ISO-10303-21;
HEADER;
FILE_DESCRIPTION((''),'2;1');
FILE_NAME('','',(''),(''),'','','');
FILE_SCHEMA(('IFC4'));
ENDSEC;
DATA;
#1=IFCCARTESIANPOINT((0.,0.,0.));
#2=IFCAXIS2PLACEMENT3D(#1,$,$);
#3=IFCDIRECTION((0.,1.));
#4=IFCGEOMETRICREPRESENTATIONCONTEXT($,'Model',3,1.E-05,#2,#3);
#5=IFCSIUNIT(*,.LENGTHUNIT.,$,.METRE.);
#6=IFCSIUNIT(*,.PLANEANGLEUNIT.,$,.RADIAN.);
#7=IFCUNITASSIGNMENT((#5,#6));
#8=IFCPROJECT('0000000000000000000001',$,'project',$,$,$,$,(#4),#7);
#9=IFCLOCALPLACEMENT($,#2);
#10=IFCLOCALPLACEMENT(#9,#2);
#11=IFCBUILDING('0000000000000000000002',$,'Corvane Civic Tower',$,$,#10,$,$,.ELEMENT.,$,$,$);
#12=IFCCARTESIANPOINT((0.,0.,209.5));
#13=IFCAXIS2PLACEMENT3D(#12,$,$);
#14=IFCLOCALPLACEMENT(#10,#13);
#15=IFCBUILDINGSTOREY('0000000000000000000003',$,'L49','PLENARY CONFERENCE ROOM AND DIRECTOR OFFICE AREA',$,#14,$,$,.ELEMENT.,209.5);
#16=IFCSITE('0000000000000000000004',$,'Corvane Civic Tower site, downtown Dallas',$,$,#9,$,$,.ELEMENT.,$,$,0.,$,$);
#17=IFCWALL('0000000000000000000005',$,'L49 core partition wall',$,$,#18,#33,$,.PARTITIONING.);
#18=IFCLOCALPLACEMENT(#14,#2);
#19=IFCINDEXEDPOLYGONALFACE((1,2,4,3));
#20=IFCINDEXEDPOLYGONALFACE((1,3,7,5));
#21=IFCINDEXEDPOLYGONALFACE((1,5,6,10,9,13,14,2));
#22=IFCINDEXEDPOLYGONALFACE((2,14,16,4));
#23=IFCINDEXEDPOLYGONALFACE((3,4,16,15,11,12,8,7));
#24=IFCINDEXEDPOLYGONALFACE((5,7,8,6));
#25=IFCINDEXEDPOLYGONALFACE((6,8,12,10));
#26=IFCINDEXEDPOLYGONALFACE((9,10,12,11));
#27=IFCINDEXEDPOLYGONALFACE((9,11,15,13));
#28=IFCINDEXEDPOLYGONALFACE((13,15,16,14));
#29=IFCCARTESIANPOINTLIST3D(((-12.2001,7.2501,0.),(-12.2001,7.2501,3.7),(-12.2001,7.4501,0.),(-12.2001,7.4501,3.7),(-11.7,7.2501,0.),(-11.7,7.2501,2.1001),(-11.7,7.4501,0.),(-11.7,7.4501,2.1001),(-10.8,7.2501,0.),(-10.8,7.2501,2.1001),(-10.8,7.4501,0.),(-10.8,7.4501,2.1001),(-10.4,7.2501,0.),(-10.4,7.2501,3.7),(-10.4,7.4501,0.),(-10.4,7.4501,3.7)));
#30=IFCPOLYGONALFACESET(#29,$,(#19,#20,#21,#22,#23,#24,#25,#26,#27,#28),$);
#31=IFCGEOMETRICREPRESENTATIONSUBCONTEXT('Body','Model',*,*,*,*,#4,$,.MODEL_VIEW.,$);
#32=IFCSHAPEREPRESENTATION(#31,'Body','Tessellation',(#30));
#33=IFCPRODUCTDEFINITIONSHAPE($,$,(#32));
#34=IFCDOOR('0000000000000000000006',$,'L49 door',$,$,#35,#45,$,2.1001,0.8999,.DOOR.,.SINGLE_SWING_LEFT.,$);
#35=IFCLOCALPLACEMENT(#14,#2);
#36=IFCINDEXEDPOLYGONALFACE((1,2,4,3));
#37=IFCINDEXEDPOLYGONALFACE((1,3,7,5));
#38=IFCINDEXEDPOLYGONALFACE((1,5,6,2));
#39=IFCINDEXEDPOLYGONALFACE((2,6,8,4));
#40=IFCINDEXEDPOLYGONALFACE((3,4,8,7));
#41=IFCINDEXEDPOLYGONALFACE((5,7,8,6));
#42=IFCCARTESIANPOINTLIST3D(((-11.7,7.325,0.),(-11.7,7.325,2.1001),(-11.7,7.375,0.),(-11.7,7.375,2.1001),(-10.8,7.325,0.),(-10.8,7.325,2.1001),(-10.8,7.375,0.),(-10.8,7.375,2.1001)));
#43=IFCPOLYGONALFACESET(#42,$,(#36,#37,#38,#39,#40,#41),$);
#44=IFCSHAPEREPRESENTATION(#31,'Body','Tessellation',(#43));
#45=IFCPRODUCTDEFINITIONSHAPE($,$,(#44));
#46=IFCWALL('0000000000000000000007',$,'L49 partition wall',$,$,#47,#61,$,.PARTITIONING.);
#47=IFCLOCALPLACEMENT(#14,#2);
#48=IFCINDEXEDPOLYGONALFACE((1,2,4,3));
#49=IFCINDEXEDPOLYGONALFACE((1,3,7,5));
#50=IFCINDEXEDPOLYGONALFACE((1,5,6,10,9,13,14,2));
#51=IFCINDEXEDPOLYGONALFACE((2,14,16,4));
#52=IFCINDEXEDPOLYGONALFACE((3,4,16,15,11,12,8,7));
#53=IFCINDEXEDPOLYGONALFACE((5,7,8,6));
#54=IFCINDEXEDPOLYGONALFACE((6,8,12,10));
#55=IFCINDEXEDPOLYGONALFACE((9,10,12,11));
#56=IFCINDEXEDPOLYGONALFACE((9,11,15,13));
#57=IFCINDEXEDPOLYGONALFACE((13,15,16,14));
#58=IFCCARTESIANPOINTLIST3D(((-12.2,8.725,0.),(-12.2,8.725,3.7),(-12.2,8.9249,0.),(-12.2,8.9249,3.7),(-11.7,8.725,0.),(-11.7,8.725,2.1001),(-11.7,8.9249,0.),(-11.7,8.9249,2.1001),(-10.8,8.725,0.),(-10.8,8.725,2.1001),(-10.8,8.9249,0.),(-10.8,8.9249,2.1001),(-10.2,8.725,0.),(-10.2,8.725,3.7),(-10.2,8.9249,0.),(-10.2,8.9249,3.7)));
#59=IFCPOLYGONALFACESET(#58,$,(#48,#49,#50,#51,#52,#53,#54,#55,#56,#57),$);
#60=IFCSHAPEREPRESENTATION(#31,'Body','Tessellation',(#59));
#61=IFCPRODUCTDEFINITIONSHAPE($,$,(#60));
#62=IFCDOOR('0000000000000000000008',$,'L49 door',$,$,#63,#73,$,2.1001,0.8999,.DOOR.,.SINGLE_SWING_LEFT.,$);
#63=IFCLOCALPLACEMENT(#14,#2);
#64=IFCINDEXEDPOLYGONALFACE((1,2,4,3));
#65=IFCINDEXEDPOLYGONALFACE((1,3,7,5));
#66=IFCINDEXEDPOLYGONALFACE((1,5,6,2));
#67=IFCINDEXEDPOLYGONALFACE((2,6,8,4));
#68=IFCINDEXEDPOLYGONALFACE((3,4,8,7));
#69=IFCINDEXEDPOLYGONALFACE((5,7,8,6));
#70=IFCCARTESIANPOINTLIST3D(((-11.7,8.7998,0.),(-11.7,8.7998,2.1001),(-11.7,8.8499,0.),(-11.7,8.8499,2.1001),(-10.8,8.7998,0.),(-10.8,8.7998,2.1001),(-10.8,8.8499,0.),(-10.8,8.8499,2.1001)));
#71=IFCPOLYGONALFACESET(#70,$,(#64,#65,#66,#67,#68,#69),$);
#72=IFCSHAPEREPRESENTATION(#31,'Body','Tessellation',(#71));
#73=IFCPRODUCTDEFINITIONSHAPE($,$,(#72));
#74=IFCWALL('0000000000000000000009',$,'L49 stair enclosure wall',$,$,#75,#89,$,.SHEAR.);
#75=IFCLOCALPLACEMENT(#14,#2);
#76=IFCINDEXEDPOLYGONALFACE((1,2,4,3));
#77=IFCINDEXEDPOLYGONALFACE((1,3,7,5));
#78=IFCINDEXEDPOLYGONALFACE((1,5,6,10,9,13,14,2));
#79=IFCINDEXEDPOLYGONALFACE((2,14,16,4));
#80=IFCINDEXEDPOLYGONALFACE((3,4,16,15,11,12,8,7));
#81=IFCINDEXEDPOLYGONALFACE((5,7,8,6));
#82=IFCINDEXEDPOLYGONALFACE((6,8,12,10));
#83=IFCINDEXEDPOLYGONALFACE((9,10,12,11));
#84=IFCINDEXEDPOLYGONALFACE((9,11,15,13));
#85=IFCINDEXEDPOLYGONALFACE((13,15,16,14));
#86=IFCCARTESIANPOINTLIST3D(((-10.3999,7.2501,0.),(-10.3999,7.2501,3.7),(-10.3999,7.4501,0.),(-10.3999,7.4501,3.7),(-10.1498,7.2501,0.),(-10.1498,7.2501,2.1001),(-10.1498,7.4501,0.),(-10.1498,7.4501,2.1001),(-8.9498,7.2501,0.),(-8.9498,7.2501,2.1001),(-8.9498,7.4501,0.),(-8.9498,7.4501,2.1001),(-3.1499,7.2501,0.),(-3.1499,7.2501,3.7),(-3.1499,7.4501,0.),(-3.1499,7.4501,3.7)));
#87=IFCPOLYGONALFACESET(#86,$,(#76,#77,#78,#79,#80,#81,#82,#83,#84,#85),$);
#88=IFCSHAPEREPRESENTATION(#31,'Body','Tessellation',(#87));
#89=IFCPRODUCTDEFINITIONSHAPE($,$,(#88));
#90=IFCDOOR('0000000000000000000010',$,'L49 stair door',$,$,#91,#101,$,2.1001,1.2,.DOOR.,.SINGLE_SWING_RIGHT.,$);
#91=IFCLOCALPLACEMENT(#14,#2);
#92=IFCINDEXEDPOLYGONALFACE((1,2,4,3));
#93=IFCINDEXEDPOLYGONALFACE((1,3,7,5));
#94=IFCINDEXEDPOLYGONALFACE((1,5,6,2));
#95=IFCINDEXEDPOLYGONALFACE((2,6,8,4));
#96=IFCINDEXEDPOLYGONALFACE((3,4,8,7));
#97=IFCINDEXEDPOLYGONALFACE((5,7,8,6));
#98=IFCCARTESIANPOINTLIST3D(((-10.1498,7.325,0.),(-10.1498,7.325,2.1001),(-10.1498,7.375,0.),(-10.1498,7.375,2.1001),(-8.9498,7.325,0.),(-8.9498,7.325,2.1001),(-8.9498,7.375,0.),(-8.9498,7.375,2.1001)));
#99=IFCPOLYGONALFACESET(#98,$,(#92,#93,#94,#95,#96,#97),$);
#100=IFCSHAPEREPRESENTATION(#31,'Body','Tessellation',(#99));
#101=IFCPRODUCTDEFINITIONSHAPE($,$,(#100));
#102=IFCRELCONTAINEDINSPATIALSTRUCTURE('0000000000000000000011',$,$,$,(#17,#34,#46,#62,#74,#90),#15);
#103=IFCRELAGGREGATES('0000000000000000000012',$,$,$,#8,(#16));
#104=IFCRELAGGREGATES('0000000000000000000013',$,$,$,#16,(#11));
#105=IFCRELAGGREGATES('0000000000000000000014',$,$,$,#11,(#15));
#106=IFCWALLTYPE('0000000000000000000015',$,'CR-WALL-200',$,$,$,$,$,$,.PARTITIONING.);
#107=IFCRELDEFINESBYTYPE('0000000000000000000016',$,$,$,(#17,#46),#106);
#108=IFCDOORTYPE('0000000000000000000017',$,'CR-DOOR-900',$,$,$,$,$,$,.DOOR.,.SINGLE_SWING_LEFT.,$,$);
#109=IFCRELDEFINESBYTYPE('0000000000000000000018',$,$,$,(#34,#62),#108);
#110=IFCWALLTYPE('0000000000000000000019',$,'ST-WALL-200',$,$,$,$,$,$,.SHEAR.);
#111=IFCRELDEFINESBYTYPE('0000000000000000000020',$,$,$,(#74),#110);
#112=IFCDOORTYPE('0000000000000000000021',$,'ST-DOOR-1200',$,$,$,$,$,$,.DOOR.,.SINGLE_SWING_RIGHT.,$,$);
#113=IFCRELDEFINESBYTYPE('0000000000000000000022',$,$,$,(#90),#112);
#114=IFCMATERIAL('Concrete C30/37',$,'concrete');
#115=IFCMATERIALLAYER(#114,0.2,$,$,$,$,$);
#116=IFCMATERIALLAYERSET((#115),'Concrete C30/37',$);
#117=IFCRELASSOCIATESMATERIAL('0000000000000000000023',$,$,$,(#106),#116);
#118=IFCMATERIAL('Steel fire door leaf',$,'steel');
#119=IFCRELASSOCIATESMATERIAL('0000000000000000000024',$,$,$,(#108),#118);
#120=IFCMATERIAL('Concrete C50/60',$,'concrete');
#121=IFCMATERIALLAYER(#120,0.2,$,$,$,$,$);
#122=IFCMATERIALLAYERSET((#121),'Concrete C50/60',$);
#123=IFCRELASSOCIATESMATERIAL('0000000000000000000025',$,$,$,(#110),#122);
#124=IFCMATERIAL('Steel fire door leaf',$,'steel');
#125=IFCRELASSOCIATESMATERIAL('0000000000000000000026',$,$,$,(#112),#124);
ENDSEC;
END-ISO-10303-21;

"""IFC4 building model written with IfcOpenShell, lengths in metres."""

from ifc_helpers import new_model, si_unit, direction, frame, frame_2d, origin, place, context, subcontext, project, spatial, rectangle, extrude, material, layer, layer_set, type_object, element, fill, save


model = new_model("IFC4")

# Units and contexts
model_context = context("Model", 3, precision=1e-05, world=origin(), true_north=direction((0.0, 1.0)))
body_context = subcontext(model_context, "Body", "Model", "MODEL_VIEW")
ifc_project = project(units=[si_unit("LENGTHUNIT", "METRE"), si_unit("PLANEANGLEUNIT", "RADIAN")], contexts=[model_context])

# Site, building, storey
site_placement = place(None, origin())
site = spatial("IfcSite", under=ifc_project, at=site_placement, Name="Corvane Civic Tower site, downtown Dallas", CompositionType="ELEMENT", RefElevation=0.0)
building_placement = place(site_placement, origin())
building = spatial("IfcBuilding", under=site, at=building_placement, Name="Corvane Civic Tower", CompositionType="ELEMENT")
storey_placement = place(building_placement, frame((0.0, 0.0, 209.5)))
storey = spatial("IfcBuildingStorey", under=building, at=storey_placement, Name="L49", Description="PLENARY CONFERENCE ROOM AND DIRECTOR OFFICE AREA", CompositionType="ELEMENT", Elevation=209.5)

# Shared definitions
ifc_material_1 = material(Name="Concrete C30/37", Category="concrete")
ifc_layer_1 = layer(ifc_material_1, 0.2)
ifc_layer_set_1 = layer_set([ifc_layer_1], Name="Concrete C30/37")
wall_type_1 = type_object("IfcWallType", Name="CR-WALL-200", PredefinedType="PARTITIONING", material=ifc_layer_set_1)
ifc_material_2 = material(Name="Steel fire door leaf", Category="steel")
door_type_1 = type_object("IfcDoorType", Name="CR-DOOR-900", OperationType="SINGLE_SWING_LEFT", PredefinedType="DOOR", material=ifc_material_2)

# Walls, openings, doors
wall_1_placement = place(storey_placement, frame((-12.2, 7.3501, 0.0), z_axis=(0.0, 0.0, 1.0), x_axis=(1.0, 0.0, 0.0)))
wall_1 = element("IfcWall", 1, at=wall_1_placement, inside=storey, type_object=wall_type_1, Name="L49 core partition wall", PredefinedType="PARTITIONING", context=body_context, shape_type="SweptSolid", body=[
    extrude(rectangle(XDim=1.8, YDim=0.2, at=frame_2d((0.8999, 0.0))), origin(), (0.0, 0.0, 1.0), 3.7),
])
opening_1_placement = place(wall_1_placement, frame((0.5, 0.0, 0.0)))
opening_1 = element("IfcOpeningElement", 2, at=opening_1_placement, cuts=wall_1, PredefinedType="OPENING", context=body_context, shape_type="SweptSolid", body=[
    extrude(rectangle(XDim=0.8999, YDim=2.1001, at=frame_2d((0.45, 1.05))), frame((0.0, 0.1099, 0.0), z_axis=(0.0, -1.0, 0.0), x_axis=(1.0, 0.0, 0.0)), (0.0, 0.0, 1.0), 0.22),
])
door_1_placement = place(opening_1_placement, origin())
door_1 = element("IfcDoor", 3, at=door_1_placement, inside=storey, type_object=door_type_1, Name="L49 door", OperationType="SINGLE_SWING_LEFT", OverallHeight=2.1001, OverallWidth=0.8999, PredefinedType="DOOR", context=body_context, shape_type="SweptSolid", body=[
    extrude(rectangle(XDim=0.8999, YDim=2.1001, at=frame_2d((0.45, 1.05))), frame((0.0, 0.0249, 0.0), z_axis=(0.0, -1.0, 0.0), x_axis=(1.0, 0.0, 0.0)), (0.0, 0.0, 1.0), 0.05),
])
fill(opening_1, door_1)
wall_2_placement = place(storey_placement, frame((-12.2, 8.825, 0.0), z_axis=(0.0, 0.0, 1.0), x_axis=(1.0, 0.0, 0.0)))
wall_2 = element("IfcWall", 4, at=wall_2_placement, inside=storey, type_object=wall_type_1, Name="L49 partition wall", PredefinedType="PARTITIONING", context=body_context, shape_type="SweptSolid", body=[
    extrude(rectangle(XDim=2.0, YDim=0.2, at=frame_2d((1.0, 0.0))), origin(), (0.0, 0.0, 1.0), 3.7),
])
opening_2_placement = place(wall_2_placement, frame((0.5, 0.0, 0.0)))
opening_2 = element("IfcOpeningElement", 5, at=opening_2_placement, cuts=wall_2, PredefinedType="OPENING", context=body_context, shape_type="SweptSolid", body=[
    extrude(rectangle(XDim=0.8999, YDim=2.1001, at=frame_2d((0.45, 1.05))), frame((0.0, 0.1099, 0.0), z_axis=(0.0, -1.0, 0.0), x_axis=(1.0, 0.0, 0.0)), (0.0, 0.0, 1.0), 0.22),
])
door_2_placement = place(opening_2_placement, origin())
door_2 = element("IfcDoor", 6, at=door_2_placement, inside=storey, type_object=door_type_1, Name="L49 door", OperationType="SINGLE_SWING_LEFT", OverallHeight=2.1001, OverallWidth=0.8999, PredefinedType="DOOR", context=body_context, shape_type="SweptSolid", body=[
    extrude(rectangle(XDim=0.8999, YDim=2.1001, at=frame_2d((0.45, 1.05))), frame((0.0, 0.0249, 0.0), z_axis=(0.0, -1.0, 0.0), x_axis=(1.0, 0.0, 0.0)), (0.0, 0.0, 1.0), 0.05),
])
fill(opening_2, door_2)
ifc_material_3 = material(Name="Concrete C50/60", Category="concrete")
ifc_layer_2 = layer(ifc_material_3, 0.2)
ifc_layer_set_2 = layer_set([ifc_layer_2], Name="Concrete C50/60")
wall_type_2 = type_object("IfcWallType", Name="ST-WALL-200", PredefinedType="SHEAR", material=ifc_layer_set_2)
wall_3_placement = place(storey_placement, frame((-10.3999, 7.3501, 0.0), z_axis=(0.0, 0.0, 1.0), x_axis=(1.0, 0.0, 0.0)))
wall_3 = element("IfcWall", 7, at=wall_3_placement, inside=storey, type_object=wall_type_2, Name="L49 stair enclosure wall", PredefinedType="SHEAR", context=body_context, shape_type="SweptSolid", body=[
    extrude(rectangle(XDim=7.25, YDim=0.2, at=frame_2d((3.625, 0.0))), origin(), (0.0, 0.0, 1.0), 3.7),
])
opening_3_placement = place(wall_3_placement, frame((0.25, 0.0, 0.0)))
opening_3 = element("IfcOpeningElement", 8, at=opening_3_placement, cuts=wall_3, PredefinedType="OPENING", context=body_context, shape_type="SweptSolid", body=[
    extrude(rectangle(XDim=1.2, YDim=2.1001, at=frame_2d((0.6001, 1.05))), frame((0.0, 0.1099, 0.0), z_axis=(0.0, -1.0, 0.0), x_axis=(1.0, 0.0, 0.0)), (0.0, 0.0, 1.0), 0.22),
])
ifc_material_4 = material(Name="Steel fire door leaf", Category="steel")
door_type_2 = type_object("IfcDoorType", Name="ST-DOOR-1200", OperationType="SINGLE_SWING_RIGHT", PredefinedType="DOOR", material=ifc_material_4)
door_3_placement = place(opening_3_placement, origin())
door_3 = element("IfcDoor", 9, at=door_3_placement, inside=storey, type_object=door_type_2, Name="L49 stair door", OperationType="SINGLE_SWING_RIGHT", OverallHeight=2.1001, OverallWidth=1.2, PredefinedType="DOOR", context=body_context, shape_type="SweptSolid", body=[
    extrude(rectangle(XDim=1.2, YDim=2.1001, at=frame_2d((0.6001, 1.05))), frame((0.0, 0.0249, 0.0), z_axis=(0.0, -1.0, 0.0), x_axis=(1.0, 0.0, 0.0)), (0.0, 0.0, 1.0), 0.05),
])
fill(opening_3, door_3)

save(model, "model.ifc")
